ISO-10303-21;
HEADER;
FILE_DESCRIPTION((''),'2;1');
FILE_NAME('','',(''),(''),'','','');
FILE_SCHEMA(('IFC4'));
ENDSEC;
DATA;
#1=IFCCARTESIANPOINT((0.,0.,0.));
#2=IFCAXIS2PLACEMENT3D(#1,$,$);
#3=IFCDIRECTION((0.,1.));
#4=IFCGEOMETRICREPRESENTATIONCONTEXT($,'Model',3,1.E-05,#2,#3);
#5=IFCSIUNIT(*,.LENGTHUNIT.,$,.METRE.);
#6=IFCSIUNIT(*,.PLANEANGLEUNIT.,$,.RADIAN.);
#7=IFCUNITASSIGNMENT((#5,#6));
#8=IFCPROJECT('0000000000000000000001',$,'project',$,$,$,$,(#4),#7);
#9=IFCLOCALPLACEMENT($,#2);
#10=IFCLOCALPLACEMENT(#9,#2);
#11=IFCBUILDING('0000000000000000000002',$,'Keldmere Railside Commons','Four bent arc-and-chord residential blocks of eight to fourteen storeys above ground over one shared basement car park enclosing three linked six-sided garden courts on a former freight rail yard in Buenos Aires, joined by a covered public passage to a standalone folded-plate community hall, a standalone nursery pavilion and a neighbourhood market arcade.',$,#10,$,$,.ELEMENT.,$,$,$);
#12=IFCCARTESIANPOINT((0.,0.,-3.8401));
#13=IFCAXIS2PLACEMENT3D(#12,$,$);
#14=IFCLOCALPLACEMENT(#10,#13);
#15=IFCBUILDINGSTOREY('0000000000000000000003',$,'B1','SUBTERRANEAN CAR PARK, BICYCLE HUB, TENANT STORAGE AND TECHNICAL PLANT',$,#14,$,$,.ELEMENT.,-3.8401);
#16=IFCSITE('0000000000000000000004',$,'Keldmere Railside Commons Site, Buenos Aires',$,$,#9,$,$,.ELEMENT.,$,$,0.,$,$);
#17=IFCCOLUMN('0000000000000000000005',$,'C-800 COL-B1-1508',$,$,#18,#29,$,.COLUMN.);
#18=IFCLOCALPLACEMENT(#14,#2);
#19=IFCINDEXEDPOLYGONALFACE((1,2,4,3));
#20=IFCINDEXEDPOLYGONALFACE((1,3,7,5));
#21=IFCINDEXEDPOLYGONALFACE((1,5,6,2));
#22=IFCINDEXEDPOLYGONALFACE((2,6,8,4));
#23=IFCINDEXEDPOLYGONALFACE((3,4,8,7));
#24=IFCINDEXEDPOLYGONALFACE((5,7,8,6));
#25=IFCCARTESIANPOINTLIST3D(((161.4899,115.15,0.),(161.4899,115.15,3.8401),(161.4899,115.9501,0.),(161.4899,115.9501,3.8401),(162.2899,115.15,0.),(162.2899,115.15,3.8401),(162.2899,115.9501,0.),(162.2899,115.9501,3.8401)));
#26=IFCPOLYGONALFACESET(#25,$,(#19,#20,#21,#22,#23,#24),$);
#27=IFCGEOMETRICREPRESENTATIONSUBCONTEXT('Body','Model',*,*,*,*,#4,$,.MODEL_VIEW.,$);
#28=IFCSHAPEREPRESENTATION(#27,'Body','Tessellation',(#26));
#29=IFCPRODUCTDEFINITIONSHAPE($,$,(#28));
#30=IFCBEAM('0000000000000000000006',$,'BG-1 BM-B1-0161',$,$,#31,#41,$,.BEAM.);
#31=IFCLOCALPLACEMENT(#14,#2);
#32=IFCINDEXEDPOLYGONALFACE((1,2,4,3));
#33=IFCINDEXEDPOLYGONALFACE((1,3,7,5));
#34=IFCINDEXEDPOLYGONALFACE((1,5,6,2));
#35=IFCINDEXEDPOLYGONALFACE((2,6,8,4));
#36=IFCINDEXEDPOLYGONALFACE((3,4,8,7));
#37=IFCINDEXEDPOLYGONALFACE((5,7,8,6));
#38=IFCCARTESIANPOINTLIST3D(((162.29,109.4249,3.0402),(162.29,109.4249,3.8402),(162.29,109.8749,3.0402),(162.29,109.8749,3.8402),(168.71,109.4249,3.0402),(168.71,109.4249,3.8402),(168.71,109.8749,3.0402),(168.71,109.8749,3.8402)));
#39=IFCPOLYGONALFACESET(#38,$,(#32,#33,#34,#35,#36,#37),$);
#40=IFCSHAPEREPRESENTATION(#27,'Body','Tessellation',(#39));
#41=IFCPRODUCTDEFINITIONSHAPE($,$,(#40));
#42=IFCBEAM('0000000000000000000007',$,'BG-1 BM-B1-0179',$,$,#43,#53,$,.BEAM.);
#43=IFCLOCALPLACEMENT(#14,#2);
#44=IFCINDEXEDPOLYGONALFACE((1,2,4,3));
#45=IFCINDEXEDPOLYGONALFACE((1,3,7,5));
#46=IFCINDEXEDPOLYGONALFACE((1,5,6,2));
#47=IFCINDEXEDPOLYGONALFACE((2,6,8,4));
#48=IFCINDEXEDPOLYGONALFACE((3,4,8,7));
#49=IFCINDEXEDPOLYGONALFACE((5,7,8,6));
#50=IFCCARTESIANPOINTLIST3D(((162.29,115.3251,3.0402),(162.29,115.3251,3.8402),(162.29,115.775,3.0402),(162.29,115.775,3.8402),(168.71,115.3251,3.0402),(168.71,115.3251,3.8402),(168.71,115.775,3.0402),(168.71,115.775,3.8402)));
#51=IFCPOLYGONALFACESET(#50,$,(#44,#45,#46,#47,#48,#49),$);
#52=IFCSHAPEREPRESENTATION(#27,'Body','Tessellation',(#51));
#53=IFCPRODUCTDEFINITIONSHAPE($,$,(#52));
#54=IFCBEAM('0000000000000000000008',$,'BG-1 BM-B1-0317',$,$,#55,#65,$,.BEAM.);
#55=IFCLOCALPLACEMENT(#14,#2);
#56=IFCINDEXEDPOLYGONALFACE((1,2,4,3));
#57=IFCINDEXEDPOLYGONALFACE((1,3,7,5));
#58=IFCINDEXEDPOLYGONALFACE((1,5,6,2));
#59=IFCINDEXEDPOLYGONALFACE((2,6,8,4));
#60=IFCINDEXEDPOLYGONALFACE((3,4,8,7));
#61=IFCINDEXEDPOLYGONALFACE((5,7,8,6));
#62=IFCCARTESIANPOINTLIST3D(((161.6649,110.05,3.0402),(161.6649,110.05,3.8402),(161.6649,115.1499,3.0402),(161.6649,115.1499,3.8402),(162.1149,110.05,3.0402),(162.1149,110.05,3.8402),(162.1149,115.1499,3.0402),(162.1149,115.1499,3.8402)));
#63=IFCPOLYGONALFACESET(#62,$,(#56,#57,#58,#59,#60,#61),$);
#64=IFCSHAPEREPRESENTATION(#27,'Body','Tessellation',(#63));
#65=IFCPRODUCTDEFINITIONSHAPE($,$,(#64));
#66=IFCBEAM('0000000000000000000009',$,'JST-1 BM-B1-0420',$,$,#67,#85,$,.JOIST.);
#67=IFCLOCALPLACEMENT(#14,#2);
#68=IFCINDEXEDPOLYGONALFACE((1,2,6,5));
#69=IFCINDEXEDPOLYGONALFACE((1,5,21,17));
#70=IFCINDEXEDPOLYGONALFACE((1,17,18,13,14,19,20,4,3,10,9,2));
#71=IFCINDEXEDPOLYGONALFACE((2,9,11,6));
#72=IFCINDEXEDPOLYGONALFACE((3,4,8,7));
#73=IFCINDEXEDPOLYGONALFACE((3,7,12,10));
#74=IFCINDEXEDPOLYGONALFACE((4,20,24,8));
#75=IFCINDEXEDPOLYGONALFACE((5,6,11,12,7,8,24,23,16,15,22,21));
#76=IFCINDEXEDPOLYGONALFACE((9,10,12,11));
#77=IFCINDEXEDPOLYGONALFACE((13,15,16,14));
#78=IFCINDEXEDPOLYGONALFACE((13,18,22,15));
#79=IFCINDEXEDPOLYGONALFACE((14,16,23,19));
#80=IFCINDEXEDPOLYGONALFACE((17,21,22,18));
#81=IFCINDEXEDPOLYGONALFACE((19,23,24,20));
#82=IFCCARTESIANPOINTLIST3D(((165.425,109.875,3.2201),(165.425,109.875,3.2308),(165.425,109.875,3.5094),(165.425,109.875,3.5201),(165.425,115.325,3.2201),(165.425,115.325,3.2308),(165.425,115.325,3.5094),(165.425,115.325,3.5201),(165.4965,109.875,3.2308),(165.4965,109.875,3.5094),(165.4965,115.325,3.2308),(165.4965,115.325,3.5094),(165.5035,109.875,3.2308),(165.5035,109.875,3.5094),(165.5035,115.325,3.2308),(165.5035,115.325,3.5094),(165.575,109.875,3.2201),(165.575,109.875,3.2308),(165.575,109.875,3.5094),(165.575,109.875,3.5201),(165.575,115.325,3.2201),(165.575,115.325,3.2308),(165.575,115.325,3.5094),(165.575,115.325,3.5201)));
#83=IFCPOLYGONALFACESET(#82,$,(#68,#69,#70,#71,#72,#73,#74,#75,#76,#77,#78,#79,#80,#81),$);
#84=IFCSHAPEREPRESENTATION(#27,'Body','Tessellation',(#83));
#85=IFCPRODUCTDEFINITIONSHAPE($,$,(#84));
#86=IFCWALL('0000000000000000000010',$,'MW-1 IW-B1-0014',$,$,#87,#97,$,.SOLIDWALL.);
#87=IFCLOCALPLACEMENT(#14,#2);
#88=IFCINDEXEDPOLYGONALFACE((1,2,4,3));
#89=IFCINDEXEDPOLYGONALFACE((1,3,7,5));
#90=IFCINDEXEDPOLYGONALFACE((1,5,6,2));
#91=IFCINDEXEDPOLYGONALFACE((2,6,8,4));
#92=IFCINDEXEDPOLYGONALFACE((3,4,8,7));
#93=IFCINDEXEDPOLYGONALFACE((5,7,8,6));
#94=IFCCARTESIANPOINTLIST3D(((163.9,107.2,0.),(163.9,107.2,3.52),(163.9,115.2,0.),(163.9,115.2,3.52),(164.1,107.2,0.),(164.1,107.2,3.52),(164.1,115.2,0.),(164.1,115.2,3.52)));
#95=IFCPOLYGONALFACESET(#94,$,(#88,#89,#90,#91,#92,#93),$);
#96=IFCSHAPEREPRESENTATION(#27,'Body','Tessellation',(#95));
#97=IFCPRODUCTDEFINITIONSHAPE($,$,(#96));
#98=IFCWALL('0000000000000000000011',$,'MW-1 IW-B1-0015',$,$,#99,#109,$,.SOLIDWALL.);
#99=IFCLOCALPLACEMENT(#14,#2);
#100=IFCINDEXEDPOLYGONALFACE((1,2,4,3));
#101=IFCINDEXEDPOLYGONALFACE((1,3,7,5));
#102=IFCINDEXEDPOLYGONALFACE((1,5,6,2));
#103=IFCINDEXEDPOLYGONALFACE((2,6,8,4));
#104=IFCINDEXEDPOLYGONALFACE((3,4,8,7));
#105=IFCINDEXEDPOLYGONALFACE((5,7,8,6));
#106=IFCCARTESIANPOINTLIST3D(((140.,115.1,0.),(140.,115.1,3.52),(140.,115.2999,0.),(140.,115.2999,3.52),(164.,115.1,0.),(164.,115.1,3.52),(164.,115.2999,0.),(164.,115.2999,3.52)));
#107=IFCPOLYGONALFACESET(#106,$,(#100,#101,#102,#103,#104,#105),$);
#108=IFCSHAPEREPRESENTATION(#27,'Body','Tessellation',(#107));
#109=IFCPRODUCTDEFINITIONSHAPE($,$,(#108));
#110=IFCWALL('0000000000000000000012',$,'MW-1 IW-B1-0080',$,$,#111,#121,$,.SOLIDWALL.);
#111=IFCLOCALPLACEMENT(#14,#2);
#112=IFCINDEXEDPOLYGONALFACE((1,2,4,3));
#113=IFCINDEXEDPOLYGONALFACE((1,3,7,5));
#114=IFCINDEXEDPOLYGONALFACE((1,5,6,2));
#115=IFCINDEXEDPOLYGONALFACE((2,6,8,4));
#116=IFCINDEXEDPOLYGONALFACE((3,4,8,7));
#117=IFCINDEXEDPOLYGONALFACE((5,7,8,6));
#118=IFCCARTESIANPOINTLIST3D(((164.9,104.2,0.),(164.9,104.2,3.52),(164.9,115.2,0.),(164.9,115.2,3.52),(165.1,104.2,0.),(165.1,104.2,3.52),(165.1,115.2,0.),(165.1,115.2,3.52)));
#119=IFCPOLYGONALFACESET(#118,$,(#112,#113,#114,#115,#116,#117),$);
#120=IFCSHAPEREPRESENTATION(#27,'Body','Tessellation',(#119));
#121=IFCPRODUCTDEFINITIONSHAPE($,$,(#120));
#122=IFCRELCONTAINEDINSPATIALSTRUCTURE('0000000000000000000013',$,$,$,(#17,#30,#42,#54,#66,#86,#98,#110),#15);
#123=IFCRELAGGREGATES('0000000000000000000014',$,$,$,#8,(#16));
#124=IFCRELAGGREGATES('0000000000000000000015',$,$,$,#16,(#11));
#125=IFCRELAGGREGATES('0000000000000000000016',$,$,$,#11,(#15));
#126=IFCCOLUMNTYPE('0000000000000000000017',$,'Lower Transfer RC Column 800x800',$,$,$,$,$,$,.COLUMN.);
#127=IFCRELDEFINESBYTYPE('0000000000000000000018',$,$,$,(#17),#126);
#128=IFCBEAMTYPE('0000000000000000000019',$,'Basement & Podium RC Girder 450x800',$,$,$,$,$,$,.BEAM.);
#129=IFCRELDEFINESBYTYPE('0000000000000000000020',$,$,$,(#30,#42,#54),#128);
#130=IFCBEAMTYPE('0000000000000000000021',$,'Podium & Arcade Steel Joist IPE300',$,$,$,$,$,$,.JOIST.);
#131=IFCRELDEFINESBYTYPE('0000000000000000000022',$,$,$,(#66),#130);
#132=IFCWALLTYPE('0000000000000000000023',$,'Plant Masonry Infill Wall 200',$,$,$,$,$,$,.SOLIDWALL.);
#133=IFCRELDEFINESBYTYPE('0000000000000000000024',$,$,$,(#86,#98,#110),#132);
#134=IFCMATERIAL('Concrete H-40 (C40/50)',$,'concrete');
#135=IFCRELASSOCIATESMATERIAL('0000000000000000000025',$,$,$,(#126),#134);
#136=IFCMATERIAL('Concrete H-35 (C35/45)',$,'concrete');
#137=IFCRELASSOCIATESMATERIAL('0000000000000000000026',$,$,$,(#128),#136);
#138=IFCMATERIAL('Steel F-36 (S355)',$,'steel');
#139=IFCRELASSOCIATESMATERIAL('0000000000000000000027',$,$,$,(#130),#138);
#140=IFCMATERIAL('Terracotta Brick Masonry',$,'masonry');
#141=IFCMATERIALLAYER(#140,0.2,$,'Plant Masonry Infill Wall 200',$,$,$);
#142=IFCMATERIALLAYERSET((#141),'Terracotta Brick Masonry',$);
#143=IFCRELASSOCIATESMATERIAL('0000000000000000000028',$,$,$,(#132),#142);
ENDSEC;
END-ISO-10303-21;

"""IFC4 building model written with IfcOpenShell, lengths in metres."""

from ifc_helpers import new_model, si_unit, direction, frame, frame_2d, origin, origin_2d, place, context, subcontext, project, spatial, rectangle, i_section, extrude, material, layer, layer_set, material_profile, profile_set, type_object, element, save


model = new_model("IFC4")

# Units and contexts
model_context = context("Model", 3, precision=1e-05, world=origin(), true_north=direction((0.0, 1.0)))
body_context = subcontext(model_context, "Body", "Model", "MODEL_VIEW")
ifc_project = project(units=[si_unit("LENGTHUNIT", "METRE"), si_unit("PLANEANGLEUNIT", "RADIAN")], contexts=[model_context])

# Site, building, storey
site_placement = place(None, origin())
site = spatial("IfcSite", under=ifc_project, at=site_placement, Name="Keldmere Railside Commons Site, Buenos Aires", CompositionType="ELEMENT", RefElevation=0.0)
building_placement = place(site_placement, origin())
building = spatial("IfcBuilding", under=site, at=building_placement, Name="Keldmere Railside Commons", Description="Four bent arc-and-chord residential blocks of eight to fourteen storeys above ground over one shared basement car park enclosing three linked six-sided garden courts on a former freight rail yard in Buenos Aires, joined by a covered public passage to a standalone folded-plate community hall, a standalone nursery pavilion and a neighbourhood market arcade.", CompositionType="ELEMENT")
storey_placement = place(building_placement, frame((0.0, 0.0, -3.8401)))
storey = spatial("IfcBuildingStorey", under=building, at=storey_placement, Name="B1", Description="SUBTERRANEAN CAR PARK, BICYCLE HUB, TENANT STORAGE AND TECHNICAL PLANT", CompositionType="ELEMENT", Elevation=-3.8401)

# Shared definitions
ifc_material_1 = material(Name="Concrete H-40 (C40/50)", Category="concrete")

# Column
ifc_material_profile_1 = material_profile(ifc_material_1, rectangle(XDim=0.8, YDim=0.8, at=origin_2d()), Name="RC-800x800")
ifc_profile_set_1 = profile_set([ifc_material_profile_1], Name="Concrete H-40 (C40/50)")
column_type = type_object("IfcColumnType", Name="Lower Transfer RC Column 800x800", PredefinedType="COLUMN", material=ifc_profile_set_1)
for number, where, z_axis, x_axis, name in (
    (1, (161.8899, 115.55, 0.0), (0.0, 0.0, 1.0), (1.0, 0.0, 0.0), "C-800 COL-B1-1508"),
):
    element("IfcColumn", number, at=place(storey_placement, frame(where, z_axis=z_axis, x_axis=x_axis)), inside=storey, type_object=column_type, Name=name, PredefinedType="COLUMN", context=body_context, shape_type="SweptSolid", body=[
        extrude(rectangle(XDim=0.8, YDim=0.8, at=origin_2d()), origin(), (0.0, 0.0, 1.0), 3.8401),
    ])

# Beams
ifc_material_2 = material(Name="Concrete H-35 (C35/45)", Category="concrete")
ifc_material_profile_2 = material_profile(ifc_material_2, rectangle(XDim=0.45, YDim=0.8, at=origin_2d()), Name="RC-450x800")
ifc_profile_set_2 = profile_set([ifc_material_profile_2], Name="Concrete H-35 (C35/45)")
beam_type_1 = type_object("IfcBeamType", Name="Basement & Podium RC Girder 450x800", PredefinedType="BEAM", material=ifc_profile_set_2)
for number, where, z_axis, x_axis, name in (
    (2, (162.29, 109.6499, 3.4402), (1.0, 0.0, 0.0), (0.0, 1.0, 0.0), "BG-1 BM-B1-0161"),
    (3, (162.29, 115.55, 3.4402), (1.0, 0.0, 0.0), (0.0, 1.0, 0.0), "BG-1 BM-B1-0179"),
):
    element("IfcBeam", number, at=place(storey_placement, frame(where, z_axis=z_axis, x_axis=x_axis)), inside=storey, type_object=beam_type_1, Name=name, PredefinedType="BEAM", context=body_context, shape_type="SweptSolid", body=[
        extrude(rectangle(XDim=0.45, YDim=0.8, at=origin_2d()), origin(), (0.0, 0.0, 1.0), 6.4199),
    ])
beam_1_placement = place(storey_placement, frame((161.8899, 110.05, 3.4402), z_axis=(0.0, 1.0, 0.0), x_axis=(-1.0, 0.0, 0.0)))
element("IfcBeam", 4, at=beam_1_placement, inside=storey, type_object=beam_type_1, Name="BG-1 BM-B1-0317", PredefinedType="BEAM", context=body_context, shape_type="SweptSolid", body=[
    extrude(rectangle(XDim=0.45, YDim=0.8, at=origin_2d()), origin(), (0.0, 0.0, 1.0), 5.0999),
])
ifc_material_3 = material(Name="Steel F-36 (S355)", Category="steel")
ifc_material_profile_3 = material_profile(ifc_material_3, i_section(OverallWidth=0.1499, OverallDepth=0.3, WebThickness=0.0071, FlangeThickness=0.0107, at=origin_2d()), Name="IPE-300")
ifc_profile_set_3 = profile_set([ifc_material_profile_3], Name="Steel F-36 (S355)")
beam_type_2 = type_object("IfcBeamType", Name="Podium & Arcade Steel Joist IPE300", PredefinedType="JOIST", material=ifc_profile_set_3)
beam_2_placement = place(storey_placement, frame((165.5, 109.875, 3.3701), z_axis=(0.0, 1.0, 0.0), x_axis=(-1.0, 0.0, 0.0)))
element("IfcBeam", 5, at=beam_2_placement, inside=storey, type_object=beam_type_2, Name="JST-1 BM-B1-0420", PredefinedType="JOIST", context=body_context, shape_type="SweptSolid", body=[
    extrude(i_section(OverallWidth=0.1499, OverallDepth=0.3, WebThickness=0.0071, FlangeThickness=0.0107, at=origin_2d()), origin(), (0.0, 0.0, 1.0), 5.45),
])

# Walls
ifc_material_4 = material(Name="Terracotta Brick Masonry", Category="masonry")
ifc_layer = layer(ifc_material_4, 0.2, Name="Plant Masonry Infill Wall 200")
ifc_layer_set = layer_set([ifc_layer], Name="Terracotta Brick Masonry")
wall_type = type_object("IfcWallType", Name="Plant Masonry Infill Wall 200", PredefinedType="SOLIDWALL", material=ifc_layer_set)
wall_1_placement = place(storey_placement, frame((164.0, 107.2, 0.0), z_axis=(0.0, 0.0, 1.0), x_axis=(0.0, 1.0, 0.0)))
element("IfcWall", 6, at=wall_1_placement, inside=storey, type_object=wall_type, Name="MW-1 IW-B1-0014", PredefinedType="SOLIDWALL", context=body_context, shape_type="SweptSolid", body=[
    extrude(rectangle(XDim=8.0, YDim=0.2, at=frame_2d((4.0, 0.0))), origin(), (0.0, 0.0, 1.0), 3.52),
])
wall_2_placement = place(storey_placement, frame((164.0, 115.2, 0.0), z_axis=(0.0, 0.0, 1.0), x_axis=(-1.0, 0.0, 0.0)))
element("IfcWall", 7, at=wall_2_placement, inside=storey, type_object=wall_type, Name="MW-1 IW-B1-0015", PredefinedType="SOLIDWALL", context=body_context, shape_type="SweptSolid", body=[
    extrude(rectangle(XDim=24.0, YDim=0.2, at=frame_2d((12.0, 0.0))), origin(), (0.0, 0.0, 1.0), 3.52),
])
wall_3_placement = place(storey_placement, frame((165.0, 115.2, 0.0), z_axis=(0.0, 0.0, 1.0), x_axis=(0.0, -1.0, 0.0)))
element("IfcWall", 8, at=wall_3_placement, inside=storey, type_object=wall_type, Name="MW-1 IW-B1-0080", PredefinedType="SOLIDWALL", context=body_context, shape_type="SweptSolid", body=[
    extrude(rectangle(XDim=11.0, YDim=0.2, at=frame_2d((5.5, 0.0))), origin(), (0.0, 0.0, 1.0), 3.52),
])

save(model, "model.ifc")
